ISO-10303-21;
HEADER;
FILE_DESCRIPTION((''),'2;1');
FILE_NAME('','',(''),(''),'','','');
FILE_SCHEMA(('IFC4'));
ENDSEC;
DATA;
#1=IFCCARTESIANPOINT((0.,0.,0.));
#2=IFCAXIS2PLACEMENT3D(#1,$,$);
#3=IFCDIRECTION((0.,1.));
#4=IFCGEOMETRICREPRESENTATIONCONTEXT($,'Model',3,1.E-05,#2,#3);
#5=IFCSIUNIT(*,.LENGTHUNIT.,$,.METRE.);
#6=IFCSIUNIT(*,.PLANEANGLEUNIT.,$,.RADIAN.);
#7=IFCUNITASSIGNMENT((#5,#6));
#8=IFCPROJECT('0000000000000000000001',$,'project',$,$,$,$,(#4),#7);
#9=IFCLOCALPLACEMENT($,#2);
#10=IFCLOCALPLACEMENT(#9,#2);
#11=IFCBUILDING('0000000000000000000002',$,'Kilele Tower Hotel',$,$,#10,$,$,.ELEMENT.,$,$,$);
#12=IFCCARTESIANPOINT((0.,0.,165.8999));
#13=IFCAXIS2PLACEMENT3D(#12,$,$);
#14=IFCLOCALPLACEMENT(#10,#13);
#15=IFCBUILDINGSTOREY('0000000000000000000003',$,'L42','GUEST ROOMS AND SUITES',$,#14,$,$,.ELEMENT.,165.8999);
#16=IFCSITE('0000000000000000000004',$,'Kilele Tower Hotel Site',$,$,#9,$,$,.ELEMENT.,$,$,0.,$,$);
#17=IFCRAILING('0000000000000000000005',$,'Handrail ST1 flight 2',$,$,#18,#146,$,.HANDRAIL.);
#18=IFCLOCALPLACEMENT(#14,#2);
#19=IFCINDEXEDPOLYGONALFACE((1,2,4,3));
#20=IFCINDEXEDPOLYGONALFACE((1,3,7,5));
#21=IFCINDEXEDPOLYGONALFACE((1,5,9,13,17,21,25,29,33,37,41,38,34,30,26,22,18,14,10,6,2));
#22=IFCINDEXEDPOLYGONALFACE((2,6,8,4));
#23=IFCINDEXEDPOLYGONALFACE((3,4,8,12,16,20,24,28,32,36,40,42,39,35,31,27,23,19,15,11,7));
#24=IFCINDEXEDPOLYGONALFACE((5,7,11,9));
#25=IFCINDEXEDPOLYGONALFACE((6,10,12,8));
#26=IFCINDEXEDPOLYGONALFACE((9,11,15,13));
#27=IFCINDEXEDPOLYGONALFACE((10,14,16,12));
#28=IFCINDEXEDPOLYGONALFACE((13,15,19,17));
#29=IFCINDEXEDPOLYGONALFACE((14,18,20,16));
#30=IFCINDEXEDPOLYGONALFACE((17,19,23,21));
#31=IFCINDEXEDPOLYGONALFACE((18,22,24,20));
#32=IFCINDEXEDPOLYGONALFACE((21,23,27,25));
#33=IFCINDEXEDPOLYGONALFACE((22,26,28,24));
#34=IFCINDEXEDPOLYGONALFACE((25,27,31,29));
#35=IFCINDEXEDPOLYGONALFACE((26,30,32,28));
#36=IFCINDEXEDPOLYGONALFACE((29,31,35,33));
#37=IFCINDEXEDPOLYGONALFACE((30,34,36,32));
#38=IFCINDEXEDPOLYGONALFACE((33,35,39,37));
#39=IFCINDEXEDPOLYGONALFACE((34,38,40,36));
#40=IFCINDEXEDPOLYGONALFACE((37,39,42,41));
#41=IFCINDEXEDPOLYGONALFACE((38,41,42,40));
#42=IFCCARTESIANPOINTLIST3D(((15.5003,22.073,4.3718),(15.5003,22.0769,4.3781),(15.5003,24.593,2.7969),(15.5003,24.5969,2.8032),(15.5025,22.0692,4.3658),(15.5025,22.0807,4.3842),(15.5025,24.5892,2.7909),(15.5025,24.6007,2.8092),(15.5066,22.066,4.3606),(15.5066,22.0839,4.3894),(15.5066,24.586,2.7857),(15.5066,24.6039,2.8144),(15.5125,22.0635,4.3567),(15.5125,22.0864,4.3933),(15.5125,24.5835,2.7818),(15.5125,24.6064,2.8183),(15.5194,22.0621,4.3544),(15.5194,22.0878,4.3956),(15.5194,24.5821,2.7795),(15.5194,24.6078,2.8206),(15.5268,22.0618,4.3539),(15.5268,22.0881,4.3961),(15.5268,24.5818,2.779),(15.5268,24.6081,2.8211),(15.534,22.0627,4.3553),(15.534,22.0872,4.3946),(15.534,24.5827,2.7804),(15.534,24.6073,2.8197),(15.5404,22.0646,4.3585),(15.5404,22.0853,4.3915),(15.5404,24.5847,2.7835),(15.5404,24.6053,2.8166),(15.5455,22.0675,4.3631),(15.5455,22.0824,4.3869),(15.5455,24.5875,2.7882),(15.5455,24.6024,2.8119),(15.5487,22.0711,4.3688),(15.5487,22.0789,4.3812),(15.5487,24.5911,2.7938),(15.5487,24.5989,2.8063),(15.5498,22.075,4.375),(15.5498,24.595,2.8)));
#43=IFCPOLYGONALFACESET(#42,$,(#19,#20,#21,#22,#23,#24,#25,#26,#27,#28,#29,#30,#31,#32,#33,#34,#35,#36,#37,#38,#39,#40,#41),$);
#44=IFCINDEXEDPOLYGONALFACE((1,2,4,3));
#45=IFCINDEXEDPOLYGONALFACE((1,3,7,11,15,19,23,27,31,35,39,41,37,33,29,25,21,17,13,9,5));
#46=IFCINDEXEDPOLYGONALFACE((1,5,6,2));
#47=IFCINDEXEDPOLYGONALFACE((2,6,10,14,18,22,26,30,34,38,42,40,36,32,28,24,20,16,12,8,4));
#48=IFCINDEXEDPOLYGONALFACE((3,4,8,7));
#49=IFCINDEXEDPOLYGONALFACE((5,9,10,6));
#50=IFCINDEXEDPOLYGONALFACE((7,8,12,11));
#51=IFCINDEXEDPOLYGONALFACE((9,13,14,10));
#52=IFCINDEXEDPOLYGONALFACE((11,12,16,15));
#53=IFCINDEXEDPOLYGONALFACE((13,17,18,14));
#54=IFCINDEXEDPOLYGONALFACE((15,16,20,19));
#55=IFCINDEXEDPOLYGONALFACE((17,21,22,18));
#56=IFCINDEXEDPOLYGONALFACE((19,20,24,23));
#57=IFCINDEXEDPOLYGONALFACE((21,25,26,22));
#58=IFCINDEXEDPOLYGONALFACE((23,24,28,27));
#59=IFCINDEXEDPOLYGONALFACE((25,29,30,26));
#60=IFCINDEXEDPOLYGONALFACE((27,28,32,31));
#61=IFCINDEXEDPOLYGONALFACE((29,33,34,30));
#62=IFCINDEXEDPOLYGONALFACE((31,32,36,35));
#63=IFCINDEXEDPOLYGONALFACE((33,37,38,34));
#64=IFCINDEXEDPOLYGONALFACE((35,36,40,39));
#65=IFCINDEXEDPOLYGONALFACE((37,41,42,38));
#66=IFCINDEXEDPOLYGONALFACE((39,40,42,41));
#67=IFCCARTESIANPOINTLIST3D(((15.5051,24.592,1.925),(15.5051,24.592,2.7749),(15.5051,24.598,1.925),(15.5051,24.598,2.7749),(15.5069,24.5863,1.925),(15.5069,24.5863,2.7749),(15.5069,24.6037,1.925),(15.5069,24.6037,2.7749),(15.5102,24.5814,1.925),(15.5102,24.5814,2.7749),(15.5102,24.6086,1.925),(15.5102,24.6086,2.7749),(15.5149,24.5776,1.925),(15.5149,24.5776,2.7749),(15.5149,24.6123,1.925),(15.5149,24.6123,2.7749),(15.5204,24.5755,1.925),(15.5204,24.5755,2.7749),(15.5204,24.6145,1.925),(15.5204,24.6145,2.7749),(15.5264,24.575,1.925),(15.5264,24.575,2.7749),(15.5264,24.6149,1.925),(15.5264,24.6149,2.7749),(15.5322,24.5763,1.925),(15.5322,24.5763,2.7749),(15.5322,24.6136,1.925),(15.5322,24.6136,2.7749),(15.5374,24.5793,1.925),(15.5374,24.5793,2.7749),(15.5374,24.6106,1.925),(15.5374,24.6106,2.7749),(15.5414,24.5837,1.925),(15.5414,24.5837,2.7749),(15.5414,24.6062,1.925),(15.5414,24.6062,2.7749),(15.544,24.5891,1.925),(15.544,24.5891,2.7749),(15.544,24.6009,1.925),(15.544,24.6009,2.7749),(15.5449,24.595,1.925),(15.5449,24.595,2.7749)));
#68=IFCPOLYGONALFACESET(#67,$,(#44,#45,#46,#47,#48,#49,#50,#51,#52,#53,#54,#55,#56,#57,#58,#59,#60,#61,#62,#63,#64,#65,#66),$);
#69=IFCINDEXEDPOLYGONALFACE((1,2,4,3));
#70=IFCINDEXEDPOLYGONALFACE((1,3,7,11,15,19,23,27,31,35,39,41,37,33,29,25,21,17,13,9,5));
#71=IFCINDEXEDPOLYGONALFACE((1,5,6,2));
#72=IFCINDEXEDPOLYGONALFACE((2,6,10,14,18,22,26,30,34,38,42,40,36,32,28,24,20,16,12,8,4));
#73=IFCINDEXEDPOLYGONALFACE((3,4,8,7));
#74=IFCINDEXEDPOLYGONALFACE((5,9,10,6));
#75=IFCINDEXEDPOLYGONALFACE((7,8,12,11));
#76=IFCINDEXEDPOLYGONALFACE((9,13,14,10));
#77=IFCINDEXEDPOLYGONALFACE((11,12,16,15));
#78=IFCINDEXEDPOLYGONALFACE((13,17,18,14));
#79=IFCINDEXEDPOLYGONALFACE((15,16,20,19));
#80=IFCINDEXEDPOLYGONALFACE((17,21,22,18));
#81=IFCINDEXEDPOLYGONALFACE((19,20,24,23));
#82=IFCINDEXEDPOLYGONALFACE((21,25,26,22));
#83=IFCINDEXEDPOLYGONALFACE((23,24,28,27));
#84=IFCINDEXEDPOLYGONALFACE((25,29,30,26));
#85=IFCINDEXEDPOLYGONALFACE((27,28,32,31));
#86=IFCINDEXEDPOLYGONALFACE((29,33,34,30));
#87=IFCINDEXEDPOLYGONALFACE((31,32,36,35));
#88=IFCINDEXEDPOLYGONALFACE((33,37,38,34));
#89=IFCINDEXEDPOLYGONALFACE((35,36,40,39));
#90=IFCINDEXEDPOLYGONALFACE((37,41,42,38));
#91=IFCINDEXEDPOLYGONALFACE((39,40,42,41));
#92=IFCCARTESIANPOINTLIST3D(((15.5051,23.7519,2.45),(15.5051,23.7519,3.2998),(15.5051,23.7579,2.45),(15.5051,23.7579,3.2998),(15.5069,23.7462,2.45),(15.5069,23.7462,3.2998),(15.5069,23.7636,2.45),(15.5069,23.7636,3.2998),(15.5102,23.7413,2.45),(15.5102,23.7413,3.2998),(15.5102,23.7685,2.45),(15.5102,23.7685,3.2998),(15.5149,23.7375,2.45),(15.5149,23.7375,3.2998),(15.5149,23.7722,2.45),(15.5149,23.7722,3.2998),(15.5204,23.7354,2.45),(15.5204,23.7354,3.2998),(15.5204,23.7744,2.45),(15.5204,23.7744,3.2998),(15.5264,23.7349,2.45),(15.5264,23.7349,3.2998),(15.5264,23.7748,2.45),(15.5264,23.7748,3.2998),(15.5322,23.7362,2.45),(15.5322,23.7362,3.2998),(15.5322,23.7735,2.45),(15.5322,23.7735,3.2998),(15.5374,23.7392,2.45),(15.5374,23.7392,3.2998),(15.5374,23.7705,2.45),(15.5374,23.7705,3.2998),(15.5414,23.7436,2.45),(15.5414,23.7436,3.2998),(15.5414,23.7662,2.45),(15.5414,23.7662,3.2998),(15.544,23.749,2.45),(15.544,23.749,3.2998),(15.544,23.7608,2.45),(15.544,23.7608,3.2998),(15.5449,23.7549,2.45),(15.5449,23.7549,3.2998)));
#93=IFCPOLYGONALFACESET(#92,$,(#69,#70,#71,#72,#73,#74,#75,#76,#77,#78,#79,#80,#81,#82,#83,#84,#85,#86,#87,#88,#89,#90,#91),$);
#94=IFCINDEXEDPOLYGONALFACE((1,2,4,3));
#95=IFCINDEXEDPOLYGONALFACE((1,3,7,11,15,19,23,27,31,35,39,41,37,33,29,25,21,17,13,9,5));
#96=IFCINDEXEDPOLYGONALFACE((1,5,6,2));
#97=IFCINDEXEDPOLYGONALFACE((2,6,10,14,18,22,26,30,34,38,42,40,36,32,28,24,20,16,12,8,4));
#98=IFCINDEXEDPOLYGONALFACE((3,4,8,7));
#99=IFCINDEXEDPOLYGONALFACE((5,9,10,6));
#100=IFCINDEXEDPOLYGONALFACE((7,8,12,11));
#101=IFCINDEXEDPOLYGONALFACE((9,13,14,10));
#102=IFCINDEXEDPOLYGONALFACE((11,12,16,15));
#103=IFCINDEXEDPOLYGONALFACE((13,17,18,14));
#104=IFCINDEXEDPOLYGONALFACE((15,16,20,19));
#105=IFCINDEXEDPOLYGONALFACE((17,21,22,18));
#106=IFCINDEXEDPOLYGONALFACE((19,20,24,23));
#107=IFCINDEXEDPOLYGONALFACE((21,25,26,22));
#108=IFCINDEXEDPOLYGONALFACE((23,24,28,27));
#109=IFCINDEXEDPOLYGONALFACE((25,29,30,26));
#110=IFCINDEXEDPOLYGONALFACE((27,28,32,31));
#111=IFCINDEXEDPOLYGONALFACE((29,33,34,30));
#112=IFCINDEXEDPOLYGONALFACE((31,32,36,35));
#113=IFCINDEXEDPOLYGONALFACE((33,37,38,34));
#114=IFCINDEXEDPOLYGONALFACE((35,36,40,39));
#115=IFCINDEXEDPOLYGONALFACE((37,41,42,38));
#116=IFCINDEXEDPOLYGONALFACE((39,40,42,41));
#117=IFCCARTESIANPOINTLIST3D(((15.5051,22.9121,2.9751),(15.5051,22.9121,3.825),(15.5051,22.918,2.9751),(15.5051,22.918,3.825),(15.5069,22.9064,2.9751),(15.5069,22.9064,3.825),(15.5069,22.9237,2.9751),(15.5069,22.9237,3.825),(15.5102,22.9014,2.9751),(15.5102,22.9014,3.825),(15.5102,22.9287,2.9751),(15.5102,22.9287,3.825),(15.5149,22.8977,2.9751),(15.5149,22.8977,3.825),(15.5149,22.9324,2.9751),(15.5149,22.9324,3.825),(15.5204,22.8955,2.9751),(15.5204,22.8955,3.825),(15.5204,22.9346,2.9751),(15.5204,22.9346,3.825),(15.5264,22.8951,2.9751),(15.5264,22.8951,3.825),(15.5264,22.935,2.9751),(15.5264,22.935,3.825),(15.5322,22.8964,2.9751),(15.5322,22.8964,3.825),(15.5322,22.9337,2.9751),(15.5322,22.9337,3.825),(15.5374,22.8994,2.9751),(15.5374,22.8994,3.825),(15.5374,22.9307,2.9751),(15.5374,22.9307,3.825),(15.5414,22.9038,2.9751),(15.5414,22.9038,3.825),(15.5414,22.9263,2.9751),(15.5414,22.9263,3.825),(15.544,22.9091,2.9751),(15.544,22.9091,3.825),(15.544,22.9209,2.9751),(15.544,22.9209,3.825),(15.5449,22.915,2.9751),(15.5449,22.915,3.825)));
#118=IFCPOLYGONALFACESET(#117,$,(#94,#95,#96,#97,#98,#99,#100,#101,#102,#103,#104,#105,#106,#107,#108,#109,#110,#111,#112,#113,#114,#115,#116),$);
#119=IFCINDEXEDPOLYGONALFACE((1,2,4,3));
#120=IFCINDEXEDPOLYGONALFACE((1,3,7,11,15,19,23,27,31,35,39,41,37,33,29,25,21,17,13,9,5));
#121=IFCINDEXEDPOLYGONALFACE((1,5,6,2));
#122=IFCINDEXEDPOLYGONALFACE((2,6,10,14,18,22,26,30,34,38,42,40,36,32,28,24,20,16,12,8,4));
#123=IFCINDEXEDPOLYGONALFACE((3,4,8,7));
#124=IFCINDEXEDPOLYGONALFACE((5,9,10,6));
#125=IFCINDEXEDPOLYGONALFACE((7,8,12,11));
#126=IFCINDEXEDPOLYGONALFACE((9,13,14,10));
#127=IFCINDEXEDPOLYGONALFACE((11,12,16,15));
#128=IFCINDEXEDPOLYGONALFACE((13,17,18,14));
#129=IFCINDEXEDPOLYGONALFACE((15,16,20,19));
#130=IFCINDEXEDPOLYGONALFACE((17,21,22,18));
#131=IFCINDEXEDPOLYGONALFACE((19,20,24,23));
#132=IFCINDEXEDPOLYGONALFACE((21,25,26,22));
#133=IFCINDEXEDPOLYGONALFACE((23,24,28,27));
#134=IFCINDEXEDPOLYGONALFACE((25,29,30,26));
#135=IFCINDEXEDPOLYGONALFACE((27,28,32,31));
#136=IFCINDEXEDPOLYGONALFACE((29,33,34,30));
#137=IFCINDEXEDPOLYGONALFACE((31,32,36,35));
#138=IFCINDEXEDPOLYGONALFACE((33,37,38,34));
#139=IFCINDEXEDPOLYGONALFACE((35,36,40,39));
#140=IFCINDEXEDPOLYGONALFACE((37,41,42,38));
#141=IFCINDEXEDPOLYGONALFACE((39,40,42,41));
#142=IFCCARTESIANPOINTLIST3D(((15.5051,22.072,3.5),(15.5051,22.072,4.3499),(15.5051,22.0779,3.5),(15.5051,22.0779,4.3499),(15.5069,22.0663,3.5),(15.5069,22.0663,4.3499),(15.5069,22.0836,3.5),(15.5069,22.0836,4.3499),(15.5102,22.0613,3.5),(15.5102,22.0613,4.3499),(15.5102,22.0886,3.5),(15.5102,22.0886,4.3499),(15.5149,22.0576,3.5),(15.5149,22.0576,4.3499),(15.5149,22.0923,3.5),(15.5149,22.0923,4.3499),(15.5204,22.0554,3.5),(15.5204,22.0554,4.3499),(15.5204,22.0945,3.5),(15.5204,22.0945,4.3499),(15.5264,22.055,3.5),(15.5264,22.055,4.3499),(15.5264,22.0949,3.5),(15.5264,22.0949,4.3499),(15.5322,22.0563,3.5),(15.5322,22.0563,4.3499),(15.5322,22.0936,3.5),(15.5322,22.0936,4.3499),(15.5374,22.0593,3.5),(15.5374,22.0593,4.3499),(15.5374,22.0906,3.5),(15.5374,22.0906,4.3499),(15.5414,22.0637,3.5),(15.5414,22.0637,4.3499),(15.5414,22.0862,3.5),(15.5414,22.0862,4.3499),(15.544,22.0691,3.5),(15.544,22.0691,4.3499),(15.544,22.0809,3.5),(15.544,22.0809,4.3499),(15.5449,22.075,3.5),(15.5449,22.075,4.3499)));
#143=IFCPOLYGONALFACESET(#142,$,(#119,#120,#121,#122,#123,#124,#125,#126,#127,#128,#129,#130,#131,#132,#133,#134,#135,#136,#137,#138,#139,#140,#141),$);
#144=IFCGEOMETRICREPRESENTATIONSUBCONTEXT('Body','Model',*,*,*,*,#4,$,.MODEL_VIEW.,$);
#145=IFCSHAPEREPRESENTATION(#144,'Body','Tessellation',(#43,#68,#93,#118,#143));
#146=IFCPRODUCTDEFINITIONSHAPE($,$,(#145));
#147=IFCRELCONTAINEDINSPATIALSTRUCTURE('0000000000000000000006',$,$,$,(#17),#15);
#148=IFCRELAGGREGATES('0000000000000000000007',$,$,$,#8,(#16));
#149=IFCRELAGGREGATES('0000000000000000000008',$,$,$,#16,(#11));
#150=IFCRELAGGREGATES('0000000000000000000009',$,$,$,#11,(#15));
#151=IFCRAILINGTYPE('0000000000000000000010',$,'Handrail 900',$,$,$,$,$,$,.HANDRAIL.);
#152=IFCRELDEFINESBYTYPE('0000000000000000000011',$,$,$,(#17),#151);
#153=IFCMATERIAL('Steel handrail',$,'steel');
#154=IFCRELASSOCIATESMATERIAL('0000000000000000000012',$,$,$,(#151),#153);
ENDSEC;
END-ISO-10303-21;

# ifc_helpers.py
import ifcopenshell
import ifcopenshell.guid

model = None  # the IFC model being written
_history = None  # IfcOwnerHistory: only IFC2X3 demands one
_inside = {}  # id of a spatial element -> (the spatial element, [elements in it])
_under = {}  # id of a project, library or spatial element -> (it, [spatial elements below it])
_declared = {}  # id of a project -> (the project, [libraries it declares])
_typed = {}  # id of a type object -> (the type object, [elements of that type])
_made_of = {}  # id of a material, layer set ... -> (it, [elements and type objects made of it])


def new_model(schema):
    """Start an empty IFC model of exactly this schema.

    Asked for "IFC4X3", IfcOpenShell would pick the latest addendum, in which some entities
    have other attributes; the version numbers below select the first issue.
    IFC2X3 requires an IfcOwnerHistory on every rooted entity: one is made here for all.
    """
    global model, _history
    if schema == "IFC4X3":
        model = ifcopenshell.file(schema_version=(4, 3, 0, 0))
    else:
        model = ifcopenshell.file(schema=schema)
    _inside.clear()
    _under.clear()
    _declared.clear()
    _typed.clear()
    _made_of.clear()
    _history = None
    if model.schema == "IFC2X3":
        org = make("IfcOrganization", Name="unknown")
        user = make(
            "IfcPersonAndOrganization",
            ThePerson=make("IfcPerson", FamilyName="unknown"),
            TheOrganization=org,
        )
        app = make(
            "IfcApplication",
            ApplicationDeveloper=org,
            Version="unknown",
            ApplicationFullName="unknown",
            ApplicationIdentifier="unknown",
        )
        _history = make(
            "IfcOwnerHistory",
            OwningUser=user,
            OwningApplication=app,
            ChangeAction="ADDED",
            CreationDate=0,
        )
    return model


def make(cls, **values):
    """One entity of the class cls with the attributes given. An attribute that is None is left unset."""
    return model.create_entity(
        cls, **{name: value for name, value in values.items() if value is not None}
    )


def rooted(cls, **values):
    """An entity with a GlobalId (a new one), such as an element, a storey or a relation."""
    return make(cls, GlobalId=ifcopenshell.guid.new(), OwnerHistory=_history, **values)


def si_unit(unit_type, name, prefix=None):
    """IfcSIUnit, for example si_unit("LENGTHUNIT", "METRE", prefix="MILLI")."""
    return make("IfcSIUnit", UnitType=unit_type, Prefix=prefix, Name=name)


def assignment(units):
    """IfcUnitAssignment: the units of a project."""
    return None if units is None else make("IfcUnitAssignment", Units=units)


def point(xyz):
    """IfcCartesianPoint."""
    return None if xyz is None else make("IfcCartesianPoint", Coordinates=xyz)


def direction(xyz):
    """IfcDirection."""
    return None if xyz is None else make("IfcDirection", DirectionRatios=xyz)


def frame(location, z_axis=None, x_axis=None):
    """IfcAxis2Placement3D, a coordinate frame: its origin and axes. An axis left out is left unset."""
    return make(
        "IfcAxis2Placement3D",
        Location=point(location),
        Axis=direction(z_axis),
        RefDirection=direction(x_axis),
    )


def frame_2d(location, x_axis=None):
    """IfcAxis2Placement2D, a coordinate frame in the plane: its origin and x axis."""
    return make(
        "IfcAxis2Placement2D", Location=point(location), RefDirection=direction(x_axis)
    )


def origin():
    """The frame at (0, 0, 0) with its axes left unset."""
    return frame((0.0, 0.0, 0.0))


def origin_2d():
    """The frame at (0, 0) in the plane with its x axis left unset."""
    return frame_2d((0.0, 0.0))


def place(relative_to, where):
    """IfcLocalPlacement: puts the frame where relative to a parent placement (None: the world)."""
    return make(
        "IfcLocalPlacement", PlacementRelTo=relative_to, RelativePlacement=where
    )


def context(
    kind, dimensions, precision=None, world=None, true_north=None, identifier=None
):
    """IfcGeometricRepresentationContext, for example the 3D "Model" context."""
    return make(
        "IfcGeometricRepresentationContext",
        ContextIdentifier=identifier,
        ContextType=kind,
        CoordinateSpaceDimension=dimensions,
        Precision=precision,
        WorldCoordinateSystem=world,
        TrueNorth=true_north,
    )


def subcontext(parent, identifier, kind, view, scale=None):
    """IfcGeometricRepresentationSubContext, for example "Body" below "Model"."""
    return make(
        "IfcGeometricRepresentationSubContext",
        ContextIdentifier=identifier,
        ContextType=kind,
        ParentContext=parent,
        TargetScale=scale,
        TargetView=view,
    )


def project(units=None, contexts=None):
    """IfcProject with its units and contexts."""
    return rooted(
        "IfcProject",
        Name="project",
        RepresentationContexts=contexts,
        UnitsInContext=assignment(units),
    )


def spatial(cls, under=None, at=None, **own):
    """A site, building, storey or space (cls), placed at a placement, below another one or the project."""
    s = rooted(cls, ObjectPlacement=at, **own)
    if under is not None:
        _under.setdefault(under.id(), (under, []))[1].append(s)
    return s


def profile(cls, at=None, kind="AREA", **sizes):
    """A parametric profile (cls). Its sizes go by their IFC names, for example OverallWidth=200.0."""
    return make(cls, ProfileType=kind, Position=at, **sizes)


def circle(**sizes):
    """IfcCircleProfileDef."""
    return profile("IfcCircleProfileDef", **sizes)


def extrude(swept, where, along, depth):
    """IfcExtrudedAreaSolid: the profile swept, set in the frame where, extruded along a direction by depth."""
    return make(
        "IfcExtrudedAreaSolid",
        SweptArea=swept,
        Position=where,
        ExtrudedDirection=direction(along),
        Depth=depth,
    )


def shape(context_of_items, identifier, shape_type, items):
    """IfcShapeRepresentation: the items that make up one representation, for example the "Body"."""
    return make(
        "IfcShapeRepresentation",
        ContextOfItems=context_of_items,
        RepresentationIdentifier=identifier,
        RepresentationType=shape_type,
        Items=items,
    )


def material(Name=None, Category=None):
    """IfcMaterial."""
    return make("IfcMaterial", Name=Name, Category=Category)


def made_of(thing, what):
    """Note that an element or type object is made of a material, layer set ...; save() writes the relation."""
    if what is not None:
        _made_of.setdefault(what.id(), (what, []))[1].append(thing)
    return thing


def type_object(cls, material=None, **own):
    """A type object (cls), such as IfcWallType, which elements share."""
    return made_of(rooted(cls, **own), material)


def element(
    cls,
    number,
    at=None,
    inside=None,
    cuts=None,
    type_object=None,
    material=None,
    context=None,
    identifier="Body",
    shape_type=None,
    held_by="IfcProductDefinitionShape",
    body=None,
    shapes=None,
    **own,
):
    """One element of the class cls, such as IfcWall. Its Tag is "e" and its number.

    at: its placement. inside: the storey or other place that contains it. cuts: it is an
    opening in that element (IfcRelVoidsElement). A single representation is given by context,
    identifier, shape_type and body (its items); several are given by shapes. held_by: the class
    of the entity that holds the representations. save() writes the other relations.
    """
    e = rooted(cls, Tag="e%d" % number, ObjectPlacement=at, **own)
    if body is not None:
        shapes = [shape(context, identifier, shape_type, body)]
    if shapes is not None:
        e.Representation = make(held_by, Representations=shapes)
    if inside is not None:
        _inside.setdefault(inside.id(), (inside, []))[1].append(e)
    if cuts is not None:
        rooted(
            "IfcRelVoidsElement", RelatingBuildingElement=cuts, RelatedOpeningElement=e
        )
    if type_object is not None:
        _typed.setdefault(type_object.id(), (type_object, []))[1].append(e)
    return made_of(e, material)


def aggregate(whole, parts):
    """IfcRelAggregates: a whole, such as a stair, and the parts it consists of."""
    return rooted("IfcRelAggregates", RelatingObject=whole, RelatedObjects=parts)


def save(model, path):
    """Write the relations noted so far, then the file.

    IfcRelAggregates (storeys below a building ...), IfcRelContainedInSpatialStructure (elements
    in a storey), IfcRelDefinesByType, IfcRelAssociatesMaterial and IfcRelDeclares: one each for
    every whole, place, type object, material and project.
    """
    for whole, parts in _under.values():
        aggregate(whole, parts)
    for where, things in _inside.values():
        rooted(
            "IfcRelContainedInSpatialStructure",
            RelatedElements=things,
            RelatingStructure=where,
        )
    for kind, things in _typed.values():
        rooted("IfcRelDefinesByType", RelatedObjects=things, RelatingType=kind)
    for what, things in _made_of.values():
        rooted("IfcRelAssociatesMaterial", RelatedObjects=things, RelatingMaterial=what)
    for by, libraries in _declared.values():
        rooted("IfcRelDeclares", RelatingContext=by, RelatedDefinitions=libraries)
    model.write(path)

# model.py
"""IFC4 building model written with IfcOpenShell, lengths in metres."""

from ifc_helpers import new_model, si_unit, direction, frame, origin, origin_2d, place, context, subcontext, project, spatial, circle, extrude, material, type_object, element, save


model = new_model("IFC4")

# Units and contexts
model_context = context("Model", 3, precision=1e-05, world=origin(), true_north=direction((0.0, 1.0)))
body_context = subcontext(model_context, "Body", "Model", "MODEL_VIEW")
ifc_project = project(units=[si_unit("LENGTHUNIT", "METRE"), si_unit("PLANEANGLEUNIT", "RADIAN")], contexts=[model_context])

# Site, building, storey
site_placement = place(None, origin())
site = spatial("IfcSite", under=ifc_project, at=site_placement, Name="Kilele Tower Hotel Site", CompositionType="ELEMENT", RefElevation=0.0)
building_placement = place(site_placement, origin())
building = spatial("IfcBuilding", under=site, at=building_placement, Name="Kilele Tower Hotel", CompositionType="ELEMENT")
storey_placement = place(building_placement, frame((0.0, 0.0, 165.8999)))
storey = spatial("IfcBuildingStorey", under=building, at=storey_placement, Name="L42", Description="GUEST ROOMS AND SUITES", CompositionType="ELEMENT", Elevation=165.8999)

# Railing
ifc_material_1 = material(Name="Steel handrail", Category="steel")
railing_type_1 = type_object("IfcRailingType", Name="Handrail 900", PredefinedType="HANDRAIL", material=ifc_material_1)
for number, where, name in (
    (1, (15.5249, 24.595, 1.925), "Handrail ST1 flight 2"),
):
    element("IfcRailing", number, at=place(storey_placement, frame(where)), inside=storey, type_object=railing_type_1, Name=name, PredefinedType="HANDRAIL", context=body_context, shape_type="SweptSolid", body=[
        extrude(circle(Radius=0.0249, at=origin_2d()), frame((0.0, 0.0, 0.875), z_axis=(0.0, -0.848008, 0.529984), x_axis=(1.0, 0.0, 0.0)), (0.0, 0.0, 1.0), 2.9717),
        extrude(circle(Radius=0.02, at=origin_2d()), origin(), (0.0, 0.0, 1.0), 0.8499),
        extrude(circle(Radius=0.02, at=origin_2d()), frame((0.0, -0.8401, 0.5249)), (0.0, 0.0, 1.0), 0.8499),
        extrude(circle(Radius=0.02, at=origin_2d()), frame((0.0, -1.6799, 1.05)), (0.0, 0.0, 1.0), 0.8499),
        extrude(circle(Radius=0.02, at=origin_2d()), frame((0.0, -2.52, 1.575)), (0.0, 0.0, 1.0), 0.8499),
    ])

save(model, "model.ifc")
